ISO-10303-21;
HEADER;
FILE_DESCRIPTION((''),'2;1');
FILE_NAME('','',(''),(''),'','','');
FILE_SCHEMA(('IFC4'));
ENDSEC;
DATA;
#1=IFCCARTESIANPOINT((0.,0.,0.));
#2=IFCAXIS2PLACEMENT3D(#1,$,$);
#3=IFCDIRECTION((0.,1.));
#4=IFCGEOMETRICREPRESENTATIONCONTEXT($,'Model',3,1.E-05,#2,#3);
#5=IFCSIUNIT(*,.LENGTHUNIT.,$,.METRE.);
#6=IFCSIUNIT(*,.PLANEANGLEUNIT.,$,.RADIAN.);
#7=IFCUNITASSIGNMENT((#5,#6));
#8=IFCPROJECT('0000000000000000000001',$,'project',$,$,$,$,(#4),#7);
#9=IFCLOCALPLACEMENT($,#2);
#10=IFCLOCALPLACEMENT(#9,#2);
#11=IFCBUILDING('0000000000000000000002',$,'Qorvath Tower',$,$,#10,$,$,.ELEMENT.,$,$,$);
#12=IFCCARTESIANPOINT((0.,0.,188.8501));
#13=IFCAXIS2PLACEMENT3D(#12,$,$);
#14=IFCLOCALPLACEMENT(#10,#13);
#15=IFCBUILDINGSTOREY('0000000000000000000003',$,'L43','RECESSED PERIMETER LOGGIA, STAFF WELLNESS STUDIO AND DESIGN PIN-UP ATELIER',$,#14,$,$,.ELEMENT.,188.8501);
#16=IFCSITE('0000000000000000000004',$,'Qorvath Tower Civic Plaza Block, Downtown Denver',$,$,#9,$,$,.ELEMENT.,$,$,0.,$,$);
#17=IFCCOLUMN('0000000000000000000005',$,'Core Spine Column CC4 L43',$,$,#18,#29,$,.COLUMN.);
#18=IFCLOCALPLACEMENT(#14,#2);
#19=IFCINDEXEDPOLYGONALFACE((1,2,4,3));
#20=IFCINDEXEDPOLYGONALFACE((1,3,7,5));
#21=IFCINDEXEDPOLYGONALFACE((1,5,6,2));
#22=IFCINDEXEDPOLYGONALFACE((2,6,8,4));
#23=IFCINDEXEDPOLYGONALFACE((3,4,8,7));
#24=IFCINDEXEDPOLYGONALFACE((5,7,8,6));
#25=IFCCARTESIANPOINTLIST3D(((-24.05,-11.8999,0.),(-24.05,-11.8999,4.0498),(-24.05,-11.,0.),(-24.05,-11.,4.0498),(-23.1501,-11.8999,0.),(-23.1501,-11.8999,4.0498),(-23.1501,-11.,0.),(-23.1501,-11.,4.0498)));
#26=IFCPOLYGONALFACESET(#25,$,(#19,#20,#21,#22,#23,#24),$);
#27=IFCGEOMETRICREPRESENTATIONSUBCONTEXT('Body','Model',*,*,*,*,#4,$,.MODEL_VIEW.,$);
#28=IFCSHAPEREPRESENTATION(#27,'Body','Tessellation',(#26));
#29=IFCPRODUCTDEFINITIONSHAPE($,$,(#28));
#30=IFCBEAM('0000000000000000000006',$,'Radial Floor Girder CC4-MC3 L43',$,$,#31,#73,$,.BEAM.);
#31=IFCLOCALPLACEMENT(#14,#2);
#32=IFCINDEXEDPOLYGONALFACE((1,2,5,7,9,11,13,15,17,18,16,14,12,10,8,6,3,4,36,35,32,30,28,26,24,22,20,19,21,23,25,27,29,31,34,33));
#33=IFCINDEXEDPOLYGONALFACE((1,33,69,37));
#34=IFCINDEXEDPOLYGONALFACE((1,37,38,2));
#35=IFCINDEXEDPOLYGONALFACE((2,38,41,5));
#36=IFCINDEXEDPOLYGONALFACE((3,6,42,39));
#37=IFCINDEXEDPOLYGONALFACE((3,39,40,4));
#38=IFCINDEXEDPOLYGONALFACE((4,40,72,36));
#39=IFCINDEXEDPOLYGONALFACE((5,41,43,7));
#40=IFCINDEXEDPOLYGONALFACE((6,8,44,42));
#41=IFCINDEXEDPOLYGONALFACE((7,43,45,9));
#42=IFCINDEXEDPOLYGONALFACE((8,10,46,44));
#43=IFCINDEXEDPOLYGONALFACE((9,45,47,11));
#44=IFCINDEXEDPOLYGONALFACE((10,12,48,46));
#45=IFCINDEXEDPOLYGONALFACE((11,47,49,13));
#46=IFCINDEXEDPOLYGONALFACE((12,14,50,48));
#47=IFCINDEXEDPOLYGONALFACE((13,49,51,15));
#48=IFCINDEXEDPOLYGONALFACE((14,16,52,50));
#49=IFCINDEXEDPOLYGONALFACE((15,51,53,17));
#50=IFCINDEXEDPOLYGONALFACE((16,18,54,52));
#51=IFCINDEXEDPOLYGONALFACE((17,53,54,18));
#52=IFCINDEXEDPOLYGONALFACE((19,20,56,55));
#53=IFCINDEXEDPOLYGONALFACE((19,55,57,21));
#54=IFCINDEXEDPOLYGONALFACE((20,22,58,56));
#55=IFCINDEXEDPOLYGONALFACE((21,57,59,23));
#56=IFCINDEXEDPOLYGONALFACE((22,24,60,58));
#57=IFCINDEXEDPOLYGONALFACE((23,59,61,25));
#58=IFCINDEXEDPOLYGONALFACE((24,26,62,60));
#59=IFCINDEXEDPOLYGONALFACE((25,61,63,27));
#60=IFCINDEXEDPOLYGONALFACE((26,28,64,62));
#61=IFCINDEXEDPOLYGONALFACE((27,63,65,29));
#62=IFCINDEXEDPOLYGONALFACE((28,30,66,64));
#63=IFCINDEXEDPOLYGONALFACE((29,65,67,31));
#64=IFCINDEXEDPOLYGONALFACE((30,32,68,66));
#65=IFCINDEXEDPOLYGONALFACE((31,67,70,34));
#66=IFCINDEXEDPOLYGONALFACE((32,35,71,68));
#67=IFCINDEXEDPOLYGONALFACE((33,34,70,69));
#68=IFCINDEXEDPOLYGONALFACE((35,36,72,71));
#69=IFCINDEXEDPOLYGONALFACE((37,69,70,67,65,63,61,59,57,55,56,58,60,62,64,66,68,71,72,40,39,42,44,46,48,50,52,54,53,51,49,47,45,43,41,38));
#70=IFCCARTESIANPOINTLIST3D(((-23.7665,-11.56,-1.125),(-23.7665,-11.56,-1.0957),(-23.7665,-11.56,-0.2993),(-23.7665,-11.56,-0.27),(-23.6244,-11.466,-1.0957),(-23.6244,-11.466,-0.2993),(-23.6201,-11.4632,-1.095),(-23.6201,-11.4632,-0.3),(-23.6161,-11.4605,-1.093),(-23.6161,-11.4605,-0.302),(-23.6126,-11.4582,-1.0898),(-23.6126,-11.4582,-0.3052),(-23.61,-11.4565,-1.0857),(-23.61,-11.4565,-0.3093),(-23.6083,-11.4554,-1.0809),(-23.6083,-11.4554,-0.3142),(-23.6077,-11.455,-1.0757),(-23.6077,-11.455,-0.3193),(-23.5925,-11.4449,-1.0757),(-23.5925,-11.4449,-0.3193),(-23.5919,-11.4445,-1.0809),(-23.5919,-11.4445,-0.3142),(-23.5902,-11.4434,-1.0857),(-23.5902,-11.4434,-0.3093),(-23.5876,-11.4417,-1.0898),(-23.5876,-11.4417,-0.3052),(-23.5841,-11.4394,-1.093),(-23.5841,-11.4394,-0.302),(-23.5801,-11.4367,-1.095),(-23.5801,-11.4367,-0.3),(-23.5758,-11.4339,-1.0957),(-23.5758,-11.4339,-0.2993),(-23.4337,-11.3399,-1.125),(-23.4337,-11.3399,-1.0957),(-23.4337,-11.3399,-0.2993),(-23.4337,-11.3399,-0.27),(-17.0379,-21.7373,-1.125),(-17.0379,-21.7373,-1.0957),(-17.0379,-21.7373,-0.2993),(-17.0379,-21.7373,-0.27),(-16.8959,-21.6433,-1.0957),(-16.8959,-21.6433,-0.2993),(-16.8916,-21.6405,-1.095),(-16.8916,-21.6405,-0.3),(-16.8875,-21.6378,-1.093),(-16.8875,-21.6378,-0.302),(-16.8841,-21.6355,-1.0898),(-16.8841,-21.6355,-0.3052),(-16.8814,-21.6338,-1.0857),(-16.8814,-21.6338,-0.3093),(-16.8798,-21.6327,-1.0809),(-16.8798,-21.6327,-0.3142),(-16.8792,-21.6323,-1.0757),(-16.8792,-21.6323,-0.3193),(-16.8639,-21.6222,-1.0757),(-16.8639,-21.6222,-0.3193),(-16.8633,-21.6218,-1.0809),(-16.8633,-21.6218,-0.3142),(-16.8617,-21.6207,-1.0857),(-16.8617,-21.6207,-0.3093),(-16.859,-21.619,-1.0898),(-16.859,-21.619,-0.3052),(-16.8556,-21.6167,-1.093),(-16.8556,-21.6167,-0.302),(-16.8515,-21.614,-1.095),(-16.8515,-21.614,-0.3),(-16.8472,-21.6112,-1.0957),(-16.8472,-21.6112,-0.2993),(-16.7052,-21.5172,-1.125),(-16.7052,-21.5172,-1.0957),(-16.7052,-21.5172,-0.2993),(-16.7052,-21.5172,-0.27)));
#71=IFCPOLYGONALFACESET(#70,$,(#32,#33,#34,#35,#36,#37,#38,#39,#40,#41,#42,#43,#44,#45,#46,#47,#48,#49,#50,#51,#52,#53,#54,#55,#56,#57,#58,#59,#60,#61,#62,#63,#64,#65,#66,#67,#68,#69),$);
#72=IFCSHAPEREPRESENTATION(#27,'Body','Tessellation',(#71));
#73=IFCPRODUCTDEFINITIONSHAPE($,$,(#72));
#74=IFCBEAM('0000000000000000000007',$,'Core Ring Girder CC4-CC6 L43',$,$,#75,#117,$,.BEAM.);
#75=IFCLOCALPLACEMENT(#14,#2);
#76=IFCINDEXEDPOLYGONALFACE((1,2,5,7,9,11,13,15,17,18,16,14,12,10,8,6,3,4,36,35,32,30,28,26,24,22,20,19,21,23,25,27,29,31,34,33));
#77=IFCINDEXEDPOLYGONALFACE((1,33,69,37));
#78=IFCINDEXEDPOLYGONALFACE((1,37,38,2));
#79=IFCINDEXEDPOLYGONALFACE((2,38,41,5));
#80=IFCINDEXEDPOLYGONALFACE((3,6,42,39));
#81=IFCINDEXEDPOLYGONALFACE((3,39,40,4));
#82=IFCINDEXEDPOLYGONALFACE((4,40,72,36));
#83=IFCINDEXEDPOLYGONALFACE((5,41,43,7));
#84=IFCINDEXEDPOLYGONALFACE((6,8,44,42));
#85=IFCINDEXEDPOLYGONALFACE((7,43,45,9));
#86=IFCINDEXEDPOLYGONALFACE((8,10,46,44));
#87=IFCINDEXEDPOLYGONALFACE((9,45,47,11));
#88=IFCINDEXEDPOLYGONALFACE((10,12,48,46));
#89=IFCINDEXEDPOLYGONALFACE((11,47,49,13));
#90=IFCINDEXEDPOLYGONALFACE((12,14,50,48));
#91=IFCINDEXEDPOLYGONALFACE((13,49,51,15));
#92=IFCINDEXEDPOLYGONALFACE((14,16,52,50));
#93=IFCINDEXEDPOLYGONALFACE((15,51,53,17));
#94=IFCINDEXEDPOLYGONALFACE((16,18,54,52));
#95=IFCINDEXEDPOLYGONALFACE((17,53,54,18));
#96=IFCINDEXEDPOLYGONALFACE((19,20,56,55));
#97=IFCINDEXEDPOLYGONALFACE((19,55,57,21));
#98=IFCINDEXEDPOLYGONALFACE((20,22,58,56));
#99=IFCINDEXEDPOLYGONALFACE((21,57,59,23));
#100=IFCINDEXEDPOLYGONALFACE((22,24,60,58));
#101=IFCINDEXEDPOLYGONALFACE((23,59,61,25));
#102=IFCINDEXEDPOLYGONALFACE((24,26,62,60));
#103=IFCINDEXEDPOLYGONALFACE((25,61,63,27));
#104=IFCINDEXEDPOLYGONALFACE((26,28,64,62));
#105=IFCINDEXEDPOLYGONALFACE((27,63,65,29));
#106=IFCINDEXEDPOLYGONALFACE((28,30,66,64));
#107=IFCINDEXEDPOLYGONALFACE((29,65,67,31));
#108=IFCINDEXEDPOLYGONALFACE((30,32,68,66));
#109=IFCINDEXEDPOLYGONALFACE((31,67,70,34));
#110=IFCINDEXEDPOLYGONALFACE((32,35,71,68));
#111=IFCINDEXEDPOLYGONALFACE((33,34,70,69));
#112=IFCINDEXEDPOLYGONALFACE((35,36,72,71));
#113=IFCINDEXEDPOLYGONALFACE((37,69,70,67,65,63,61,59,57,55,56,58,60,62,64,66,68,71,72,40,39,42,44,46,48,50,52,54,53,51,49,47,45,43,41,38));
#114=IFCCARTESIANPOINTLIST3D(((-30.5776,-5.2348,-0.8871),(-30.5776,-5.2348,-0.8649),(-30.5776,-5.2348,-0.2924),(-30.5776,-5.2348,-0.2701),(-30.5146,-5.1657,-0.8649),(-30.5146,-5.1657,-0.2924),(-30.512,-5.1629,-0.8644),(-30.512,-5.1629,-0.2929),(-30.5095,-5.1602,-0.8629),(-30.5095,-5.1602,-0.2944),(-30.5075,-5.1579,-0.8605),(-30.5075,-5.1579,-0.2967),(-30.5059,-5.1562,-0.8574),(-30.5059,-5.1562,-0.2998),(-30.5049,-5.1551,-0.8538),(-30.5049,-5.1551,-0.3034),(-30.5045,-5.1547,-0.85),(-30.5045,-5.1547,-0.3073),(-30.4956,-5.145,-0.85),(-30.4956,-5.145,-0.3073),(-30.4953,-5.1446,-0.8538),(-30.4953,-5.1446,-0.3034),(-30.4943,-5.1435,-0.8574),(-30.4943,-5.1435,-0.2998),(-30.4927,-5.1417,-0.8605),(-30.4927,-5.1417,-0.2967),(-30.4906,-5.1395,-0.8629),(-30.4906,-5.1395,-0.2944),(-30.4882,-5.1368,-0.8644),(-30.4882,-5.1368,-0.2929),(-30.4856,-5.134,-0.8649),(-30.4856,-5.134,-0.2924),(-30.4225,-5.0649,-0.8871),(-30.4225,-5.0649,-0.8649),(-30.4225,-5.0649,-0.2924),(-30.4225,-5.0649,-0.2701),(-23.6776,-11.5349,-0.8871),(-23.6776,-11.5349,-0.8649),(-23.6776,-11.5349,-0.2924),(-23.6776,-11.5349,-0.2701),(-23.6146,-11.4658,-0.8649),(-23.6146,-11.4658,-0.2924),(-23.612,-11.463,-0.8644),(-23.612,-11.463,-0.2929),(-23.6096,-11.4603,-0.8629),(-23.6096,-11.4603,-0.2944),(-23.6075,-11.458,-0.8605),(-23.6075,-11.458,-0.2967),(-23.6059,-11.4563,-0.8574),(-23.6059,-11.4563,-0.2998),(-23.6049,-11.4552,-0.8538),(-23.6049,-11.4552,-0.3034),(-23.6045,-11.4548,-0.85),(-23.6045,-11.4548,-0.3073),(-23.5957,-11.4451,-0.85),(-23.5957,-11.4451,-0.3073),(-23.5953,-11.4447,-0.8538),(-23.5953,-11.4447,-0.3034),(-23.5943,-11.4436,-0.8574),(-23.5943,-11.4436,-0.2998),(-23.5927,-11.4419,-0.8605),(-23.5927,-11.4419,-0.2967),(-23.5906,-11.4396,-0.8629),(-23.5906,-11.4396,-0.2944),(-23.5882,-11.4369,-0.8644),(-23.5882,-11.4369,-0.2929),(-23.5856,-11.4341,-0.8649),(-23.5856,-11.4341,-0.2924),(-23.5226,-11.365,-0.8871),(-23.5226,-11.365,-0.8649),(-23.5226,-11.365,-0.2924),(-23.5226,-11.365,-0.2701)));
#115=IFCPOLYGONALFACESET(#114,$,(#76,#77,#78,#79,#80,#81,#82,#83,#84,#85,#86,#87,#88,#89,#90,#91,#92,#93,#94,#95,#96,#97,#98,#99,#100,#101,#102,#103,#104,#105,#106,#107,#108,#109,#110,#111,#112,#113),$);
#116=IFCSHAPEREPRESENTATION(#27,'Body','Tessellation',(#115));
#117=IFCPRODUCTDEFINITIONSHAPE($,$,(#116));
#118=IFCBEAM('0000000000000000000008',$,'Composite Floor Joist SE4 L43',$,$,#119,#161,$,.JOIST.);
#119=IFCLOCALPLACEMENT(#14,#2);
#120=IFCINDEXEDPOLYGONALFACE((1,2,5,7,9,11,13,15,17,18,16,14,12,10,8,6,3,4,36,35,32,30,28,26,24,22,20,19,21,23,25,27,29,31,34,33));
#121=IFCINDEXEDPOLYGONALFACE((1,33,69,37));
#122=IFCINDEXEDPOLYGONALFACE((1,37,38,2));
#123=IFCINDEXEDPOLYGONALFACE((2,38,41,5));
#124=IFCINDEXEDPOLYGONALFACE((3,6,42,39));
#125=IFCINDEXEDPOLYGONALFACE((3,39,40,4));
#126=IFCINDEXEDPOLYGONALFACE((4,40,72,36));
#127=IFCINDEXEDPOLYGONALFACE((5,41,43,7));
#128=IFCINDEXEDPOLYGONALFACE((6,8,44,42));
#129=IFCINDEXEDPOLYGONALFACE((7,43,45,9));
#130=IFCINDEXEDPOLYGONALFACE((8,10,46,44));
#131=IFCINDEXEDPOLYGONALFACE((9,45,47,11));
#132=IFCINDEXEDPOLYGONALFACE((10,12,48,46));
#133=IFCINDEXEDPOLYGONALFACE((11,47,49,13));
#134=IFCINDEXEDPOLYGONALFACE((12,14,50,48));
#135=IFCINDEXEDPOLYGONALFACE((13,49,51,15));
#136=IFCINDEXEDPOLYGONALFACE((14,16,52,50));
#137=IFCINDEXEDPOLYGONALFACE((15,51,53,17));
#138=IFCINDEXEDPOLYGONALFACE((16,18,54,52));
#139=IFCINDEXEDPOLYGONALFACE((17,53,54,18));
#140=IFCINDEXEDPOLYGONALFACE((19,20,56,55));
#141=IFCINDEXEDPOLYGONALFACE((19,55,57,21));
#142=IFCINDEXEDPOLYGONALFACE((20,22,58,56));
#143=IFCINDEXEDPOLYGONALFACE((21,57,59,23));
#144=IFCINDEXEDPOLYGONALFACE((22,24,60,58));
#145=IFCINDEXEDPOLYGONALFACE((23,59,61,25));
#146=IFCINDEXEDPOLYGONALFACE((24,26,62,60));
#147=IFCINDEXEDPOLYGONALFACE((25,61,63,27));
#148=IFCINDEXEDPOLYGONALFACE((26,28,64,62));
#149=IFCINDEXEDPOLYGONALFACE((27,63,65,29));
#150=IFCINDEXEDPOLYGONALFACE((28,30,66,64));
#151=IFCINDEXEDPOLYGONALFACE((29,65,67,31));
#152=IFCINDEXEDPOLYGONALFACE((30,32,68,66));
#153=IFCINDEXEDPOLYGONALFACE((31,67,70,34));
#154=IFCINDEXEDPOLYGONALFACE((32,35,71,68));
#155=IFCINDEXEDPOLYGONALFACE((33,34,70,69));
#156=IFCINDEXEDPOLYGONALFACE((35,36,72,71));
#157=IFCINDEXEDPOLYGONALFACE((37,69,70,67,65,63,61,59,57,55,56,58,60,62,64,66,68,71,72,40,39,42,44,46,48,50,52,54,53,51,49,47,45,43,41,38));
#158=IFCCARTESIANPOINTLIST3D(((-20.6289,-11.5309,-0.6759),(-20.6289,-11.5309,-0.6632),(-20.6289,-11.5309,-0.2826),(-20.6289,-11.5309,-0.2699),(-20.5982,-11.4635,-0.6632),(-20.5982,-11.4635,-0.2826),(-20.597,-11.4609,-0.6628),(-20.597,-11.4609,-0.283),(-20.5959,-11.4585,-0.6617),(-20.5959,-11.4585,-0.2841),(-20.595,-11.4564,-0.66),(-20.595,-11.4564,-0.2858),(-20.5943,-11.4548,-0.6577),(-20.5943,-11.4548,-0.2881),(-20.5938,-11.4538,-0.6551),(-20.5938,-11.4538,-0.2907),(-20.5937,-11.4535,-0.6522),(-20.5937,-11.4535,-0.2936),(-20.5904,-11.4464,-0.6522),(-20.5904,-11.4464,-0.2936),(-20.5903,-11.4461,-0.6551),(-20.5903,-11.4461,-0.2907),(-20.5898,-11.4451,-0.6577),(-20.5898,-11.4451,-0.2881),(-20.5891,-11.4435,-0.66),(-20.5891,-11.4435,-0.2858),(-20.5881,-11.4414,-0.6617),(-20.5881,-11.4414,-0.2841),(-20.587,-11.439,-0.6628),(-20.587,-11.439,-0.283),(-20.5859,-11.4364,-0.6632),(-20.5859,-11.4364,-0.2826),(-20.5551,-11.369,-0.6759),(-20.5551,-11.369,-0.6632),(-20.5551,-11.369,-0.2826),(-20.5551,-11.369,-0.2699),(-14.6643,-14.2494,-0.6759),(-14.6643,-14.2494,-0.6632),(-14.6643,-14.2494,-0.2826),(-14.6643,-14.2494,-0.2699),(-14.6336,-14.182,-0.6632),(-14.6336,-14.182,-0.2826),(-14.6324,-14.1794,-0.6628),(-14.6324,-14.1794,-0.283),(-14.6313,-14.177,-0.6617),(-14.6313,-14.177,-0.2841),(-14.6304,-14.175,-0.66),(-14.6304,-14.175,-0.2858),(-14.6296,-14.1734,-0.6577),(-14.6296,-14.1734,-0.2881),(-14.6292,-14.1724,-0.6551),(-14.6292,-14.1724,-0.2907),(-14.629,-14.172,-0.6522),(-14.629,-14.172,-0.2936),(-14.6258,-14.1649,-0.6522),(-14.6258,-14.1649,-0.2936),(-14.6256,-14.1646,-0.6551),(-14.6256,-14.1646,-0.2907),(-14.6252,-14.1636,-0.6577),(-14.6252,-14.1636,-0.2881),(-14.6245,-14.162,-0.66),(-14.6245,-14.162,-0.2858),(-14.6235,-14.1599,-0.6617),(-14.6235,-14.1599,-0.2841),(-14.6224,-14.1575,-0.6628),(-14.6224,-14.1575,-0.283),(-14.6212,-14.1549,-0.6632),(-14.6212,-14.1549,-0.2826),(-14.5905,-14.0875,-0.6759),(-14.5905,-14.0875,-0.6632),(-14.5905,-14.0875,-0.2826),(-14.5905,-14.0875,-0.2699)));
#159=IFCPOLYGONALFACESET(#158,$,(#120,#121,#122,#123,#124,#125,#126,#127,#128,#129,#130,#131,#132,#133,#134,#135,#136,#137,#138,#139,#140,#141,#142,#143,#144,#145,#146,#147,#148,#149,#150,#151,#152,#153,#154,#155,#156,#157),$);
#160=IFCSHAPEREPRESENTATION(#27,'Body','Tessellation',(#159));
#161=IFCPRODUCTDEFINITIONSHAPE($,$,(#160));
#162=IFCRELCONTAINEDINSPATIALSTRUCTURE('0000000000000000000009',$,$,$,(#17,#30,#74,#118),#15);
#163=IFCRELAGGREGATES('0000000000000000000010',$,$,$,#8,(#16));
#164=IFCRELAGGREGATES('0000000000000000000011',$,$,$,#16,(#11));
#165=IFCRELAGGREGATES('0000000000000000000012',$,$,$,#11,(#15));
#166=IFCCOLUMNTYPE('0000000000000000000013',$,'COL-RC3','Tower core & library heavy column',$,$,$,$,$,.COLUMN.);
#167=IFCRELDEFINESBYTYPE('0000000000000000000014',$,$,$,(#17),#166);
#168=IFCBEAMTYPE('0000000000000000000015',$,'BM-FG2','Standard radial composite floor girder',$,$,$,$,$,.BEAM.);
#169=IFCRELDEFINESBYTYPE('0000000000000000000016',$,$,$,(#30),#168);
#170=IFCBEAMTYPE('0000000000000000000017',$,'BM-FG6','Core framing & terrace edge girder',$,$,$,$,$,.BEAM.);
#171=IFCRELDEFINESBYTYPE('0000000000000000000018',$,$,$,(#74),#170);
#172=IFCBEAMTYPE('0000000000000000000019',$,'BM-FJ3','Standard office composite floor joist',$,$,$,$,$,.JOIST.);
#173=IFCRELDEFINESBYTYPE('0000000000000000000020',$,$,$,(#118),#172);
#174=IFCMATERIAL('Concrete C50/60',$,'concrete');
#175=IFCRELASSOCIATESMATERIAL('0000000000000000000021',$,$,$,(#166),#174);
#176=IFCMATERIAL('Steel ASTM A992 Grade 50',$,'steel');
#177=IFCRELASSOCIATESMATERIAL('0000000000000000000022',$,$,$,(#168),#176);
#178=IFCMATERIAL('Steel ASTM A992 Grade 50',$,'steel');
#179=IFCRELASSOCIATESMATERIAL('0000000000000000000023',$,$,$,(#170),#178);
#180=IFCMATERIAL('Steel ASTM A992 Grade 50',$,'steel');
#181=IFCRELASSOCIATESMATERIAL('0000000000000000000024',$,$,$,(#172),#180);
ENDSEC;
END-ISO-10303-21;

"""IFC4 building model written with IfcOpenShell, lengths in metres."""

from ifc_helpers import new_model, si_unit, direction, frame, origin, origin_2d, place, context, subcontext, project, spatial, rectangle, i_section, extrude, material, material_profile, profile_set, type_object, element, save


model = new_model("IFC4")

# Units and contexts
model_context = context("Model", 3, precision=1e-05, world=origin(), true_north=direction((0.0, 1.0)))
body_context = subcontext(model_context, "Body", "Model", "MODEL_VIEW")
ifc_project = project(units=[si_unit("LENGTHUNIT", "METRE"), si_unit("PLANEANGLEUNIT", "RADIAN")], contexts=[model_context])

# Site, building, storey
site_placement = place(None, origin())
site = spatial("IfcSite", under=ifc_project, at=site_placement, Name="Qorvath Tower Civic Plaza Block, Downtown Denver", CompositionType="ELEMENT", RefElevation=0.0)
building_placement = place(site_placement, origin())
building = spatial("IfcBuilding", under=site, at=building_placement, Name="Qorvath Tower", CompositionType="ELEMENT")
storey_placement = place(building_placement, frame((0.0, 0.0, 188.8501)))
storey = spatial("IfcBuildingStorey", under=building, at=storey_placement, Name="L43", Description="RECESSED PERIMETER LOGGIA, STAFF WELLNESS STUDIO AND DESIGN PIN-UP ATELIER", CompositionType="ELEMENT", Elevation=188.8501)

# Column
ifc_material_1 = material(Name="Concrete C50/60", Category="concrete")
ifc_material_profile_1 = material_profile(ifc_material_1, rectangle(XDim=0.8999, YDim=0.8999, at=origin_2d()), Name="RC 900x900")
ifc_profile_set_1 = profile_set([ifc_material_profile_1], Name="Concrete C50/60")
column_type = type_object("IfcColumnType", Name="COL-RC3", Description="Tower core & library heavy column", PredefinedType="COLUMN", material=ifc_profile_set_1)
column_placement = place(storey_placement, frame((-23.6001, -11.45, 0.0), z_axis=(0.0, 0.0, 1.0), x_axis=(1.0, 0.0, 0.0)))
element("IfcColumn", 1, at=column_placement, inside=storey, type_object=column_type, Name="Core Spine Column CC4 L43", PredefinedType="COLUMN", context=body_context, shape_type="SweptSolid", body=[
    extrude(rectangle(XDim=0.8999, YDim=0.8999, at=origin_2d()), origin(), (0.0, 0.0, 1.0), 4.0498),
])

# Beams
ifc_material_2 = material(Name="Steel ASTM A992 Grade 50", Category="steel")
ifc_material_profile_2 = material_profile(ifc_material_2, i_section(OverallWidth=0.3989, OverallDepth=0.855, WebThickness=0.0183, FlangeThickness=0.0293, FilletRadius=0.02, at=origin_2d()), Name="W33x201")
ifc_profile_set_2 = profile_set([ifc_material_profile_2], Name="Steel ASTM A992 Grade 50")
beam_type_1 = type_object("IfcBeamType", Name="BM-FG2", Description="Standard radial composite floor girder", PredefinedType="BEAM", material=ifc_profile_set_2)
beam_1_placement = place(storey_placement, frame((-23.6001, -11.45, -0.6975), z_axis=(0.551501, -0.834175, 0.0), x_axis=(0.834175, 0.551501, 0.0)))
element("IfcBeam", 2, at=beam_1_placement, inside=storey, type_object=beam_type_1, Name="Radial Floor Girder CC4-MC3 L43", PredefinedType="BEAM", context=body_context, shape_type="SweptSolid", body=[
    extrude(i_section(OverallWidth=0.3989, OverallDepth=0.855, WebThickness=0.0183, FlangeThickness=0.0293, FilletRadius=0.02, at=origin_2d()), origin(), (0.0, 0.0, 1.0), 12.2004),
])
ifc_material_3 = material(Name="Steel ASTM A992 Grade 50", Category="steel")
ifc_material_profile_3 = material_profile(ifc_material_3, i_section(OverallWidth=0.23, OverallDepth=0.6169, WebThickness=0.0132, FlangeThickness=0.0222, FilletRadius=0.0149, at=origin_2d()), Name="W24x94")
ifc_profile_set_3 = profile_set([ifc_material_profile_3], Name="Steel ASTM A992 Grade 50")
beam_type_2 = type_object("IfcBeamType", Name="BM-FG6", Description="Core framing & terrace edge girder", PredefinedType="BEAM", material=ifc_profile_set_3)
beam_2_placement = place(storey_placement, frame((-23.6001, -11.45, -0.5786), z_axis=(-0.738478, 0.674277, 0.0), x_axis=(-0.674277, -0.738478, 0.0)))
element("IfcBeam", 3, at=beam_2_placement, inside=storey, type_object=beam_type_2, Name="Core Ring Girder CC4-CC6 L43", PredefinedType="BEAM", context=body_context, shape_type="SweptSolid", body=[
    extrude(i_section(OverallWidth=0.23, OverallDepth=0.6169, WebThickness=0.0132, FlangeThickness=0.0222, FilletRadius=0.0149, at=origin_2d()), origin(), (0.0, 0.0, 1.0), 9.3435),
])
ifc_material_4 = material(Name="Steel ASTM A992 Grade 50", Category="steel")
ifc_material_profile_4 = material_profile(ifc_material_4, i_section(OverallWidth=0.178, OverallDepth=0.406, WebThickness=0.0078, FlangeThickness=0.0127, FilletRadius=0.011, at=origin_2d()), Name="W16x40")
ifc_profile_set_4 = profile_set([ifc_material_profile_4], Name="Steel ASTM A992 Grade 50")
beam_type_3 = type_object("IfcBeamType", Name="BM-FJ3", Description="Standard office composite floor joist", PredefinedType="JOIST", material=ifc_profile_set_4)
beam_3_placement = place(storey_placement, frame((-20.592, -11.45, -0.4729), z_axis=(0.909945, -0.414729, 0.0), x_axis=(0.414729, 0.909945, 0.0)))
element("IfcBeam", 4, at=beam_3_placement, inside=storey, type_object=beam_type_3, Name="Composite Floor Joist SE4 L43", PredefinedType="JOIST", context=body_context, shape_type="SweptSolid", body=[
    extrude(i_section(OverallWidth=0.178, OverallDepth=0.406, WebThickness=0.0078, FlangeThickness=0.0127, FilletRadius=0.011, at=origin_2d()), origin(), (0.0, 0.0, 1.0), 6.5549),
])

save(model, "model.ifc")
